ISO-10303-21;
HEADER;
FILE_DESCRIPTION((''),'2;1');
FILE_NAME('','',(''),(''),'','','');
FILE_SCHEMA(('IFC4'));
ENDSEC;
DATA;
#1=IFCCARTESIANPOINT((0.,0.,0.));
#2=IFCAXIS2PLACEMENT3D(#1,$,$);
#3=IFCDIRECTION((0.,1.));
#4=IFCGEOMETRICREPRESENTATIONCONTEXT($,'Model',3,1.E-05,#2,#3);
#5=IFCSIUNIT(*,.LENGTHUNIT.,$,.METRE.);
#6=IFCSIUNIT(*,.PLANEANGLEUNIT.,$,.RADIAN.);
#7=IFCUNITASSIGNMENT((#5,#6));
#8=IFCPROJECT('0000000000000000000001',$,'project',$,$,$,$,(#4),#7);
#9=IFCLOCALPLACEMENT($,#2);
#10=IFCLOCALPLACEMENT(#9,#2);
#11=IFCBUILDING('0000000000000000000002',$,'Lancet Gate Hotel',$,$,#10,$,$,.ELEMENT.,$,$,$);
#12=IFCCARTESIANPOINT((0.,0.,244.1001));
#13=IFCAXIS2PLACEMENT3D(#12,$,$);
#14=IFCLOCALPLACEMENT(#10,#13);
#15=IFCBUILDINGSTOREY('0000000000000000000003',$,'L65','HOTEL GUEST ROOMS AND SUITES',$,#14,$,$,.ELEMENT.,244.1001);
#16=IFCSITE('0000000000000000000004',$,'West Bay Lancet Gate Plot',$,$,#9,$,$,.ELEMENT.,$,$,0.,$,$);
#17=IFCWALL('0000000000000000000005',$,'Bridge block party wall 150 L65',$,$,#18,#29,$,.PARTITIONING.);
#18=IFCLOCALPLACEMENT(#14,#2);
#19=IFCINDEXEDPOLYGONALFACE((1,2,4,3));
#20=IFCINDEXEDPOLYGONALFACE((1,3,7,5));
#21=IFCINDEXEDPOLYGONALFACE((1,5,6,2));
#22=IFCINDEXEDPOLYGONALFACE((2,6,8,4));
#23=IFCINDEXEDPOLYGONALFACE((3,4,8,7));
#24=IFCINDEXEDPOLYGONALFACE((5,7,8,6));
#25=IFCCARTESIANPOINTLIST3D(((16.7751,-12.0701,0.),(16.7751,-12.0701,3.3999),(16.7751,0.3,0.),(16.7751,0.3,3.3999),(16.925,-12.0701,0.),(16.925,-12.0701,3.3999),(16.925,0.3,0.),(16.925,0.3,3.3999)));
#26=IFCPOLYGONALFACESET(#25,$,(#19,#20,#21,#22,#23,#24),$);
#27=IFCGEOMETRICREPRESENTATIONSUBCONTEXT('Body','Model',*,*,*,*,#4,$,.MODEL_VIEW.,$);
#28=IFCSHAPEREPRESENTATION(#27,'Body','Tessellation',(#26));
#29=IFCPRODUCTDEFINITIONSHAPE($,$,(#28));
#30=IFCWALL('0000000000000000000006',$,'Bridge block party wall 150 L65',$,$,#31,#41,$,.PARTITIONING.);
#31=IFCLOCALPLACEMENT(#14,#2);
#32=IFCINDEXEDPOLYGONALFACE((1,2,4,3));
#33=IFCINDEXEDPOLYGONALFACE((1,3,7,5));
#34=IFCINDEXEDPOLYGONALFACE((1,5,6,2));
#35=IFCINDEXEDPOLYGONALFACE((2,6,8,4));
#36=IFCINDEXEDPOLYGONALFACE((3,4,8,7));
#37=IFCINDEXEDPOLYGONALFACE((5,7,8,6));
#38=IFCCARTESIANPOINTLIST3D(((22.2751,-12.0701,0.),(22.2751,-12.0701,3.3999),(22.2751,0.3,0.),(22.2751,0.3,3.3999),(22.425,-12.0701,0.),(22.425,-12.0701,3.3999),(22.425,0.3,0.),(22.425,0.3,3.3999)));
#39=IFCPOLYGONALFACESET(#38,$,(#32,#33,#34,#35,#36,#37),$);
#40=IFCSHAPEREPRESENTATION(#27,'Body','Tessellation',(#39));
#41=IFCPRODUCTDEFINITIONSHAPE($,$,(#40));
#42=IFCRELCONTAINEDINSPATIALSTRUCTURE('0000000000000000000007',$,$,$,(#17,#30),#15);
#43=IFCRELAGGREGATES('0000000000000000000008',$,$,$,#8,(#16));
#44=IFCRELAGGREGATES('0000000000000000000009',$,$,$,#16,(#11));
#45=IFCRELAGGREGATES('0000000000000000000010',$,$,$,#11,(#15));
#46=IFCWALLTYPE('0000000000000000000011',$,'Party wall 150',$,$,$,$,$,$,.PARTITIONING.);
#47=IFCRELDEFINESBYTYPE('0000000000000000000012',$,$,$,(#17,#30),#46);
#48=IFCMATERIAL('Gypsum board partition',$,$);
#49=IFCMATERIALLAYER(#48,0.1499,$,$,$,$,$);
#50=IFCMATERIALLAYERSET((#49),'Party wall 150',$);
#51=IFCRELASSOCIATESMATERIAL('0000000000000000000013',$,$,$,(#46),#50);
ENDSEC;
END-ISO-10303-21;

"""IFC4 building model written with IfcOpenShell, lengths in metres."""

from ifc_helpers import new_model, si_unit, direction, frame, frame_2d, origin, place, context, subcontext, project, spatial, rectangle, extrude, material, layer, layer_set, type_object, element, save


model = new_model("IFC4")

# Units and contexts
model_context = context("Model", 3, precision=1e-05, world=origin(), true_north=direction((0.0, 1.0)))
body_context = subcontext(model_context, "Body", "Model", "MODEL_VIEW")
ifc_project = project(units=[si_unit("LENGTHUNIT", "METRE"), si_unit("PLANEANGLEUNIT", "RADIAN")], contexts=[model_context])

# Site, building, storey
site_placement = place(None, origin())
site = spatial("IfcSite", under=ifc_project, at=site_placement, Name="West Bay Lancet Gate Plot", CompositionType="ELEMENT", RefElevation=0.0)
building_placement = place(site_placement, origin())
building = spatial("IfcBuilding", under=site, at=building_placement, Name="Lancet Gate Hotel", CompositionType="ELEMENT")
storey_placement = place(building_placement, frame((0.0, 0.0, 244.1001)))
storey = spatial("IfcBuildingStorey", under=building, at=storey_placement, Name="L65", Description="HOTEL GUEST ROOMS AND SUITES", CompositionType="ELEMENT", Elevation=244.1001)

# Walls
ifc_material_1 = material(Name="Gypsum board partition")
ifc_layer_1 = layer(ifc_material_1, 0.1499)
ifc_layer_set_1 = layer_set([ifc_layer_1], Name="Party wall 150")
wall_type_1 = type_object("IfcWallType", Name="Party wall 150", PredefinedType="PARTITIONING", material=ifc_layer_set_1)
for number, where, z_axis, x_axis, name in (
    (1, (16.8501, -12.0701, 0.0), (0.0, 0.0, 1.0), (0.0, 1.0, 0.0), "Bridge block party wall 150 L65"),
    (2, (22.3501, -12.0701, 0.0), (0.0, 0.0, 1.0), (0.0, 1.0, 0.0), "Bridge block party wall 150 L65"),
):
    element("IfcWall", number, at=place(storey_placement, frame(where, z_axis=z_axis, x_axis=x_axis)), inside=storey, type_object=wall_type_1, Name=name, PredefinedType="PARTITIONING", context=body_context, shape_type="SweptSolid", body=[
        extrude(rectangle(XDim=12.3701, YDim=0.1499, at=frame_2d((6.1851, 0.0))), origin(), (0.0, 0.0, 1.0), 3.3999),
    ])

save(model, "model.ifc")
